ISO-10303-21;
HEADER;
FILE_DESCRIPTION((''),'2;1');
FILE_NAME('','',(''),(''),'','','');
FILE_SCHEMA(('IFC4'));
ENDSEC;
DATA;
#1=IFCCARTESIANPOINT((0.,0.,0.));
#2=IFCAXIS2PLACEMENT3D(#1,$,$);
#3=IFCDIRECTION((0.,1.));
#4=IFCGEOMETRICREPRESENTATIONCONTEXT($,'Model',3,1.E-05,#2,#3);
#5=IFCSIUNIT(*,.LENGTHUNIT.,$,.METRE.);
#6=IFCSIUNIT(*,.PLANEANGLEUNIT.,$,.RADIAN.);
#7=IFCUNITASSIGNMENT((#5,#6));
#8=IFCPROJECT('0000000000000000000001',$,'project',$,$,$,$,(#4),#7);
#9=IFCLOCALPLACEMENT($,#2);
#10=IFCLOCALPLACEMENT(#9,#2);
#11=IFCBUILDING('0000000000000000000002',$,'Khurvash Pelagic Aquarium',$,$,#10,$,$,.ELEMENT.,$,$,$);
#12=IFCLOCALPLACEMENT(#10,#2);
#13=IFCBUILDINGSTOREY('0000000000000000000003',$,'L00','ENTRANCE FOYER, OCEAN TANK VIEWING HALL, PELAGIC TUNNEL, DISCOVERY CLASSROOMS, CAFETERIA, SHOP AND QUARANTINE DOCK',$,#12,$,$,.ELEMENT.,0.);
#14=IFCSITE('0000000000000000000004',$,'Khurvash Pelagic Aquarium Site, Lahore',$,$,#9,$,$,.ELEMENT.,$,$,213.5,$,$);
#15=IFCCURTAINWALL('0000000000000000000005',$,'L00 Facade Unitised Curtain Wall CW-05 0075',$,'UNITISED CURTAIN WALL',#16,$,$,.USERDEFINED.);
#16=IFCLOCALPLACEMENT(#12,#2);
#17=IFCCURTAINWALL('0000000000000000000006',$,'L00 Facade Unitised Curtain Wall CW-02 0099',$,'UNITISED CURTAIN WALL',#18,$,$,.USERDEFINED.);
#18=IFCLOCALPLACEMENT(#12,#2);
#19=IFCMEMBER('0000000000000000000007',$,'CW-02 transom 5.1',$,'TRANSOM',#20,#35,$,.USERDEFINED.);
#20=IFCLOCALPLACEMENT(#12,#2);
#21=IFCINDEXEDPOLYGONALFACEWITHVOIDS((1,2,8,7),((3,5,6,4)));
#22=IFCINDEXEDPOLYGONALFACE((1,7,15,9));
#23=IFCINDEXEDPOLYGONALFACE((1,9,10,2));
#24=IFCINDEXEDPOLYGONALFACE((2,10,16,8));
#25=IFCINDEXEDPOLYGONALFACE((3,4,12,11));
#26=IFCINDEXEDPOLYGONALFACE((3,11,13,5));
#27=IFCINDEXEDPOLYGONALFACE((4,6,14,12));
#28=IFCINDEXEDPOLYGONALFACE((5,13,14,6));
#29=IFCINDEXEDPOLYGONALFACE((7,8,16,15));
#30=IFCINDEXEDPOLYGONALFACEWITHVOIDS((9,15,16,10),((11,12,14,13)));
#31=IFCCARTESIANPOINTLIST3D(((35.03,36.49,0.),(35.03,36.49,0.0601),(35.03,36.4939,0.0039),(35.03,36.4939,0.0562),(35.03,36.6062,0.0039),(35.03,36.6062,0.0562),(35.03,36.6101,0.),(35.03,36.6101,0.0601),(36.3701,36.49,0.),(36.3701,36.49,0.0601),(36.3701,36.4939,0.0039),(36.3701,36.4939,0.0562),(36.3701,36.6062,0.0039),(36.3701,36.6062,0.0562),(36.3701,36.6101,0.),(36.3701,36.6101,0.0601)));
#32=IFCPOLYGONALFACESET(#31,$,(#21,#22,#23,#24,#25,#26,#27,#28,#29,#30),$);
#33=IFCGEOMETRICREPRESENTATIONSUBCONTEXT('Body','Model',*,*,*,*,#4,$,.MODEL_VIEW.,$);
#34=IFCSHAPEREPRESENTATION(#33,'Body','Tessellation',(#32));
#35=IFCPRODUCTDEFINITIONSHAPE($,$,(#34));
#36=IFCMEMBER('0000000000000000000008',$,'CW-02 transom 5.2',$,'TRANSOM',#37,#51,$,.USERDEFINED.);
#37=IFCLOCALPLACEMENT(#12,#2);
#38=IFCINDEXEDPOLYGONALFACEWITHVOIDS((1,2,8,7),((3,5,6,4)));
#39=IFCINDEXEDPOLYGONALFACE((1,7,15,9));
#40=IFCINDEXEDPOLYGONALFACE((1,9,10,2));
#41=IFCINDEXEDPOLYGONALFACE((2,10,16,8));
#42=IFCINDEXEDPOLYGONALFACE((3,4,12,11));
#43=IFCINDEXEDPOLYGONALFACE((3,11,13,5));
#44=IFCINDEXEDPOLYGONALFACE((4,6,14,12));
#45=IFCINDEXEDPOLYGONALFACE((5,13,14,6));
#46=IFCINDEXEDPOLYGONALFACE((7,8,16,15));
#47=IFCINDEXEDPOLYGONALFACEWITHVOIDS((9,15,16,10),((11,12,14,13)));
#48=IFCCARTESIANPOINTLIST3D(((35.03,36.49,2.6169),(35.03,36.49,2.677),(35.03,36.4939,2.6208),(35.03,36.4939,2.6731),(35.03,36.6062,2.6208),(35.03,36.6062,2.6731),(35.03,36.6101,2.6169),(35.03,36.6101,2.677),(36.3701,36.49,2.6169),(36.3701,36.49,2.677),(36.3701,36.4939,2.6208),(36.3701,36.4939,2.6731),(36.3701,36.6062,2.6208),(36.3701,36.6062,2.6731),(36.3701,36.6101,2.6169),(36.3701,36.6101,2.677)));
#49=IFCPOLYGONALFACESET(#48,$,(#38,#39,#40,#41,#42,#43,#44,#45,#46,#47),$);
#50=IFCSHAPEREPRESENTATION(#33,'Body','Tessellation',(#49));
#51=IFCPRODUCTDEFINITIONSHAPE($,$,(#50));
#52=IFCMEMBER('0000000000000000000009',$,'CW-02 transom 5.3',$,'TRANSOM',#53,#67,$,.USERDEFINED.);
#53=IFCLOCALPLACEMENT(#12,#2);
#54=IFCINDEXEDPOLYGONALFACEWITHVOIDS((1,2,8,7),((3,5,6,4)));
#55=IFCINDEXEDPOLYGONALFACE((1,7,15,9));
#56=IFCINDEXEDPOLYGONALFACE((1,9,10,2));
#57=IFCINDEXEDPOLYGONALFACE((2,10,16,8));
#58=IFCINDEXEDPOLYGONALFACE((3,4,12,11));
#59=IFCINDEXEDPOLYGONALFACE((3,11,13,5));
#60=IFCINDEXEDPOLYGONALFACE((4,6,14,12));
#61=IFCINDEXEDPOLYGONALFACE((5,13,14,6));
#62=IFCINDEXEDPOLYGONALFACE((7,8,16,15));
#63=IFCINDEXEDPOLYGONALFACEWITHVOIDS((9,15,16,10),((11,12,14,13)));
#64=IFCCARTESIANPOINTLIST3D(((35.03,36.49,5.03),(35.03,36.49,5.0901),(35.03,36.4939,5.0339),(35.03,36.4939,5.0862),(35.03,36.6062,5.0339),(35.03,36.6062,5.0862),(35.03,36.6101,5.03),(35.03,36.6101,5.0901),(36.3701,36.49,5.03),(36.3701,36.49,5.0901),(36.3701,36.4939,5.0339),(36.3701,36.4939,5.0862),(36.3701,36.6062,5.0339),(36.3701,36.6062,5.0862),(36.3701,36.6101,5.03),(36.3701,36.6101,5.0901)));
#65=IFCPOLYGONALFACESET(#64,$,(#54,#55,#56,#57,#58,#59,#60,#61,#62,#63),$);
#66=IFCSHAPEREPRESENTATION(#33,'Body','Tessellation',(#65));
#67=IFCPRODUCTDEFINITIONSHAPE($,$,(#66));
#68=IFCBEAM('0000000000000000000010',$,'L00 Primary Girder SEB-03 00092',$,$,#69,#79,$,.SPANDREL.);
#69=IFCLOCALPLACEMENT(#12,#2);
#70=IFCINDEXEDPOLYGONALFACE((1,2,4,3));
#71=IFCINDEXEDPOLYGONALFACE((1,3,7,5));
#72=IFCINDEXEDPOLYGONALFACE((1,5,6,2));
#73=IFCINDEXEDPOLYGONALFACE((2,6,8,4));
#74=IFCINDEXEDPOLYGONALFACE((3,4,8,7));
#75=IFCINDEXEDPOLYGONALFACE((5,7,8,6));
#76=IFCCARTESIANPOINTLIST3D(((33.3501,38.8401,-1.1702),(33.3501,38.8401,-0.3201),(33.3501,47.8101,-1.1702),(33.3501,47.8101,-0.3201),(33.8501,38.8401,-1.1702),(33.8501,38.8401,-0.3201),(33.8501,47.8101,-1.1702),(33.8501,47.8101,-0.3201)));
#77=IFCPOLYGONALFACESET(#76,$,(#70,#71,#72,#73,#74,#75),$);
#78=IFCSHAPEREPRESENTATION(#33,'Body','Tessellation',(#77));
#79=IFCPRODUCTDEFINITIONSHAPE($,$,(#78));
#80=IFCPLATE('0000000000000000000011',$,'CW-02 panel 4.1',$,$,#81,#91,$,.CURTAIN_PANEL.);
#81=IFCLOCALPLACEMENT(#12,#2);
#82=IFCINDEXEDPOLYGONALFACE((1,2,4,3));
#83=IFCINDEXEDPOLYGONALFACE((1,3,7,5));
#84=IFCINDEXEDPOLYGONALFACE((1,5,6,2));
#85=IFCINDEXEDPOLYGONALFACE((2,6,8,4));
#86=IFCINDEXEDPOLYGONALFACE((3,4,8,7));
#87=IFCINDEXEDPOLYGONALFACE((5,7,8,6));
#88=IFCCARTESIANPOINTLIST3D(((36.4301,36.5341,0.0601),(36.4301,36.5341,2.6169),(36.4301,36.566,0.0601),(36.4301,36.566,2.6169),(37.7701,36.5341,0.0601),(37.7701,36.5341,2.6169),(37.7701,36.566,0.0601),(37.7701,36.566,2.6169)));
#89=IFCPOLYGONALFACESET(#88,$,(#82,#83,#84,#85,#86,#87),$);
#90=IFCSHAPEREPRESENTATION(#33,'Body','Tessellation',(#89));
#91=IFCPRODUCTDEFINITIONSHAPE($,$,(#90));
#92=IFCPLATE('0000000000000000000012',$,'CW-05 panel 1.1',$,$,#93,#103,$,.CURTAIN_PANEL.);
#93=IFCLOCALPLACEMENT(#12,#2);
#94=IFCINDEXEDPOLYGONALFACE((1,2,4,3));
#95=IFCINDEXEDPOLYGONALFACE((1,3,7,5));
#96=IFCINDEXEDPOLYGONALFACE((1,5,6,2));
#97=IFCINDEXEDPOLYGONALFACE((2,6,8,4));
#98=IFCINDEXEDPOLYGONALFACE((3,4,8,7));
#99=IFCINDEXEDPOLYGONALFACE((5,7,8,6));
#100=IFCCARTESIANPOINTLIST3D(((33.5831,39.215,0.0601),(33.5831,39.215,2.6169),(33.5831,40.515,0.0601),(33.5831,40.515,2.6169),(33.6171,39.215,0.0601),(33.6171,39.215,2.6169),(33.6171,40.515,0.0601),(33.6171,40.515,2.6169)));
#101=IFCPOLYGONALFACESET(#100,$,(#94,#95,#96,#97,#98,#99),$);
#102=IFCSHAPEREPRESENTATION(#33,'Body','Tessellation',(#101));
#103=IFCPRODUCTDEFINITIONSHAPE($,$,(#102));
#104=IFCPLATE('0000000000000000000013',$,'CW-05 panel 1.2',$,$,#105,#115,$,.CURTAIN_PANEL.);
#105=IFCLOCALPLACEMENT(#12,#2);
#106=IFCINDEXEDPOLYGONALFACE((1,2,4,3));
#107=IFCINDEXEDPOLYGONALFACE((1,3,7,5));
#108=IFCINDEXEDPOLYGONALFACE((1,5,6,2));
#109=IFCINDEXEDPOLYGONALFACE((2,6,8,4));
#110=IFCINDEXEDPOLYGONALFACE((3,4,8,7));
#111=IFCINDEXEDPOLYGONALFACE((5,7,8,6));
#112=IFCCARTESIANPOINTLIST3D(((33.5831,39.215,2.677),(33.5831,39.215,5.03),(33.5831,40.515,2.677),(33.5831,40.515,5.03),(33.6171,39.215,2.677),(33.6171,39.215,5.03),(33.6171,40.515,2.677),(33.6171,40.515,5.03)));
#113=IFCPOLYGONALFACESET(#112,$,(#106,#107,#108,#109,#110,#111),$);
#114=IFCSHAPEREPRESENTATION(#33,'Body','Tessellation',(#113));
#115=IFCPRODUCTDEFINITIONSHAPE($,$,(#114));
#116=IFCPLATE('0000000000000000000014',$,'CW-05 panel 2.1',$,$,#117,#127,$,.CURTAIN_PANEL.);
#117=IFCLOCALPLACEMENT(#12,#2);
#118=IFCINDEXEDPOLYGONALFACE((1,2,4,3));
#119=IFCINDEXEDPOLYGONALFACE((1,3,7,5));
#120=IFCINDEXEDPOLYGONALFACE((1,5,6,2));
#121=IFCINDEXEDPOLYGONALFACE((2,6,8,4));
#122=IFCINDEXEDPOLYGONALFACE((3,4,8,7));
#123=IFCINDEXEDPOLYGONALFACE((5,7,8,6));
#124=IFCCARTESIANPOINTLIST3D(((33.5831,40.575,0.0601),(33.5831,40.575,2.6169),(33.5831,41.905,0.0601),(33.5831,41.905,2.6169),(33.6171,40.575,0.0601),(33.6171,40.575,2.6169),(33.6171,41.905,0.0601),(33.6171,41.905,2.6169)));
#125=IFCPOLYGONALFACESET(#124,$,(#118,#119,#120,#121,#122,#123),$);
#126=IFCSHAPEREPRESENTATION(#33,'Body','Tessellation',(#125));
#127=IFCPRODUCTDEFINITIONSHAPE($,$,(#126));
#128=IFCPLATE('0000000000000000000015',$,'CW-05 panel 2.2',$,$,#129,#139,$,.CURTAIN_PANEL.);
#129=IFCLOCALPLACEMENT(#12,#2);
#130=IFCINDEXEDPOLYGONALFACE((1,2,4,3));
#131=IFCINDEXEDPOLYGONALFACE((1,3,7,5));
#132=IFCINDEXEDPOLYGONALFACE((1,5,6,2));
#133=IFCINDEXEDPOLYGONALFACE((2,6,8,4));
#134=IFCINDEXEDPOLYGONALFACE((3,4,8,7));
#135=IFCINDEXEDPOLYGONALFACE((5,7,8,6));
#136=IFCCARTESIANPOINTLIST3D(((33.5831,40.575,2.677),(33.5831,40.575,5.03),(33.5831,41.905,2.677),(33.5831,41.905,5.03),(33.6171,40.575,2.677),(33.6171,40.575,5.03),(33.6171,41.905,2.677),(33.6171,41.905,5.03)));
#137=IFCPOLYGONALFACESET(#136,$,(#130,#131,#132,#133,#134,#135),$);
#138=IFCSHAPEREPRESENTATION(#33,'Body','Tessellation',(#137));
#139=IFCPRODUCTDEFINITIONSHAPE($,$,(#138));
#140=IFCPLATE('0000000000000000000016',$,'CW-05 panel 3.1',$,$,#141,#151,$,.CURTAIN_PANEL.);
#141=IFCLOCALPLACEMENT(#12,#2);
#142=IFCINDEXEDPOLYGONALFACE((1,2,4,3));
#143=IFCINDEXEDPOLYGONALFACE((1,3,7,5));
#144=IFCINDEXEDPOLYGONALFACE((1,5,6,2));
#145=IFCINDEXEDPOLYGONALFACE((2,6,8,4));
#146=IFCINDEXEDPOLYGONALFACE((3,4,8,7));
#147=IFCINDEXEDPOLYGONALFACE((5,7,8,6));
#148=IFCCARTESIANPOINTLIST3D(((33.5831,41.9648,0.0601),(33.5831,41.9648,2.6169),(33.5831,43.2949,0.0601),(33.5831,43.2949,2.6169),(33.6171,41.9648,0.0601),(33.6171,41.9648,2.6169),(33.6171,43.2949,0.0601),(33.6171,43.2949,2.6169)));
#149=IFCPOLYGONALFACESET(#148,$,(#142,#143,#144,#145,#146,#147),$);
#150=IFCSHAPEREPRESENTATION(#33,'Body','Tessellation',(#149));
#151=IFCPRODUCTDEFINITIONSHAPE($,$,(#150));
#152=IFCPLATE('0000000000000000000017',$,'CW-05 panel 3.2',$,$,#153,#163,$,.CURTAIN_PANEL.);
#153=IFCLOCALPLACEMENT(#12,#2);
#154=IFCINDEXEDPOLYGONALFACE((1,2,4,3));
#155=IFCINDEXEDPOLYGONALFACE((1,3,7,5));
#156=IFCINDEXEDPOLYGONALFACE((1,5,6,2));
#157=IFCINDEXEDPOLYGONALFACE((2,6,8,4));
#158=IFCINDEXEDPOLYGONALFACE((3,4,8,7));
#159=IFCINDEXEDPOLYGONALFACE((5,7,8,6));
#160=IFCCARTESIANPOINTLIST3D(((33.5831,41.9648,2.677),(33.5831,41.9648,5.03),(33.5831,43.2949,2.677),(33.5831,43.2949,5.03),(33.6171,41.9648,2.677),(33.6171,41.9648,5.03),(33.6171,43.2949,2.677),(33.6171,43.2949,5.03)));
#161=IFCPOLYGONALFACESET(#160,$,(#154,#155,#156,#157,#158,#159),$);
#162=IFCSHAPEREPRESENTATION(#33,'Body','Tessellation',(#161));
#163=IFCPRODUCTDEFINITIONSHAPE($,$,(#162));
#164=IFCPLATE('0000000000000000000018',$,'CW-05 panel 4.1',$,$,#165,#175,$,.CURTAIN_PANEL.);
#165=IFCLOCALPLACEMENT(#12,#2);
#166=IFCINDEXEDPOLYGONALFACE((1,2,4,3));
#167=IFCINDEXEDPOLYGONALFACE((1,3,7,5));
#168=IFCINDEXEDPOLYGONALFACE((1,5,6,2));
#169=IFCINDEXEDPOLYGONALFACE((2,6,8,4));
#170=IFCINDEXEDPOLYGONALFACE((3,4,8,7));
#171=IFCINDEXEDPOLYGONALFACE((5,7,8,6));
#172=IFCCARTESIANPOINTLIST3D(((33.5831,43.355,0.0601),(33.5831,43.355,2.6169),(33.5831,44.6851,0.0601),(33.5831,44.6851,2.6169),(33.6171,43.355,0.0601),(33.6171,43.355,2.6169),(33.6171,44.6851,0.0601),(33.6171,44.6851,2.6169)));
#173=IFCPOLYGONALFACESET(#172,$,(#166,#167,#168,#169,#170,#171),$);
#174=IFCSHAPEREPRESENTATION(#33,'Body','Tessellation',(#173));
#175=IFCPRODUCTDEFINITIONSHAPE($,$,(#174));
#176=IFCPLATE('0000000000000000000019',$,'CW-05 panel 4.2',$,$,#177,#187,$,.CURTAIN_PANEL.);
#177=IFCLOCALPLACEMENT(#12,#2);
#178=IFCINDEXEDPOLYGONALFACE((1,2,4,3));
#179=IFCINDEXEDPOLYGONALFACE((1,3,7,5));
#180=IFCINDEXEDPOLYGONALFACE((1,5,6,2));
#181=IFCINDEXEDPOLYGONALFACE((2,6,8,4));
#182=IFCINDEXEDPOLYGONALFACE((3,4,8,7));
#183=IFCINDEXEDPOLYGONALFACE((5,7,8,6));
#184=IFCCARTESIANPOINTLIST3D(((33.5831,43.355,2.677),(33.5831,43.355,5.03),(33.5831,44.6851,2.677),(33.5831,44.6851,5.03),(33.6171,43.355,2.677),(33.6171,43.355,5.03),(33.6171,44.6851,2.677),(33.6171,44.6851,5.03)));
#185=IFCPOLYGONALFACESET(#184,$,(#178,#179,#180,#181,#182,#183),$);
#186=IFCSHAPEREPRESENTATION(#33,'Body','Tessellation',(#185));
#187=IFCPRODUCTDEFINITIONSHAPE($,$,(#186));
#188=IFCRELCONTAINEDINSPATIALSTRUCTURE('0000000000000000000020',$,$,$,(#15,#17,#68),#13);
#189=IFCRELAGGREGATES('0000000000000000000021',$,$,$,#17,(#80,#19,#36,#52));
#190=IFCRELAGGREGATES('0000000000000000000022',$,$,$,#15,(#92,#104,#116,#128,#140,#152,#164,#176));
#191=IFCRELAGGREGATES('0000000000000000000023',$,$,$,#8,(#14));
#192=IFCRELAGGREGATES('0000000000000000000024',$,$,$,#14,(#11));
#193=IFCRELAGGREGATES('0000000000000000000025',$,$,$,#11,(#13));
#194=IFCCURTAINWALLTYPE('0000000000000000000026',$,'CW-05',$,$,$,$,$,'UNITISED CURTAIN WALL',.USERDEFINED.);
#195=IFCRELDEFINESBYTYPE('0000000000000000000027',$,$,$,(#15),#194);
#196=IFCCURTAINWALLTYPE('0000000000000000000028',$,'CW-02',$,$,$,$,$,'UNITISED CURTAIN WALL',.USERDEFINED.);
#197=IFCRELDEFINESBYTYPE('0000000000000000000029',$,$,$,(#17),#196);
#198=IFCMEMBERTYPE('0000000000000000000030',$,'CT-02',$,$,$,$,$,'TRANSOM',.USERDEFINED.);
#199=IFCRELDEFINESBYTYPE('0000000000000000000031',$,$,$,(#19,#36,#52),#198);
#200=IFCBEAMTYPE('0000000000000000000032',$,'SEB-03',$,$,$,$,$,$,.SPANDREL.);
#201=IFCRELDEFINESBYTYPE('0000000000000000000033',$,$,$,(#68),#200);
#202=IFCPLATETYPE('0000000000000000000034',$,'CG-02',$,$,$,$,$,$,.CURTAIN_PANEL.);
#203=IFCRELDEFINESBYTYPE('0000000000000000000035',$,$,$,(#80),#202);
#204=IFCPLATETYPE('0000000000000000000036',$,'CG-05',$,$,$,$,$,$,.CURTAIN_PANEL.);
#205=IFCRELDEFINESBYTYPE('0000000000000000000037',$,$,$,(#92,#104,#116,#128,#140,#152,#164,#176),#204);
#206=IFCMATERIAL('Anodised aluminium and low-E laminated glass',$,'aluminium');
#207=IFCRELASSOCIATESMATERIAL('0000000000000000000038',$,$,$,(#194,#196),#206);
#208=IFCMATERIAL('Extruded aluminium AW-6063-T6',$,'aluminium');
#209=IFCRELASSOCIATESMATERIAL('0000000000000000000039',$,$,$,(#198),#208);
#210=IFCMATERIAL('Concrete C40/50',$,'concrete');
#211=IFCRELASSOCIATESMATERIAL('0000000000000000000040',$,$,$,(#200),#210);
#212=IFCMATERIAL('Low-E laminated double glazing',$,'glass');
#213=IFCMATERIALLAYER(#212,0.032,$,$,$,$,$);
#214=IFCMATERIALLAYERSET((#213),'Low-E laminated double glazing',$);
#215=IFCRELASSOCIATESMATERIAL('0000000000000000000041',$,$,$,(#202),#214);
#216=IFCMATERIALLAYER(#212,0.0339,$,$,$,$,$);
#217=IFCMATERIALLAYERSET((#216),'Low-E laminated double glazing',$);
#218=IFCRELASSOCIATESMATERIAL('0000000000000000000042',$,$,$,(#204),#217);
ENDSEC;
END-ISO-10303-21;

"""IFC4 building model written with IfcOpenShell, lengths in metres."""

from ifc_helpers import new_model, si_unit, direction, frame, origin, origin_2d, place, context, subcontext, project, spatial, rectangle, hollow_rectangle, extrude, material, layer, layer_set, material_profile, profile_set, type_object, element, aggregate, save


model = new_model("IFC4")

# Units and contexts
model_context = context("Model", 3, precision=1e-05, world=origin(), true_north=direction((0.0, 1.0)))
body_context = subcontext(model_context, "Body", "Model", "MODEL_VIEW")
ifc_project = project(units=[si_unit("LENGTHUNIT", "METRE"), si_unit("PLANEANGLEUNIT", "RADIAN")], contexts=[model_context])

# Site, building, storey
site_placement = place(None, origin())
site = spatial("IfcSite", under=ifc_project, at=site_placement, Name="Khurvash Pelagic Aquarium Site, Lahore", CompositionType="ELEMENT", RefElevation=213.5)
building_placement = place(site_placement, origin())
building = spatial("IfcBuilding", under=site, at=building_placement, Name="Khurvash Pelagic Aquarium", CompositionType="ELEMENT")
storey_placement = place(building_placement, origin())
storey = spatial("IfcBuildingStorey", under=building, at=storey_placement, Name="L00", Description="ENTRANCE FOYER, OCEAN TANK VIEWING HALL, PELAGIC TUNNEL, DISCOVERY CLASSROOMS, CAFETERIA, SHOP AND QUARANTINE DOCK", CompositionType="ELEMENT", Elevation=0.0)

# Shared definitions
ifc_material_1 = material(Name="Concrete C40/50", Category="concrete")

# Curtain wall
ifc_material_2 = material(Name="Anodised aluminium and low-E laminated glass", Category="aluminium")
curtain_wall_type_1 = type_object("IfcCurtainWallType", Name="CW-05", ElementType="UNITISED CURTAIN WALL", PredefinedType="USERDEFINED", material=ifc_material_2)
curtain_wall_1_placement = place(storey_placement, origin())
curtain_wall_1 = element("IfcCurtainWall", 1, at=curtain_wall_1_placement, inside=storey, type_object=curtain_wall_type_1, Name="L00 Facade Unitised Curtain Wall CW-05 0075", ObjectType="UNITISED CURTAIN WALL", PredefinedType="USERDEFINED")
ifc_material_3 = material(Name="Extruded aluminium AW-6063-T6", Category="aluminium")

# Curtain wall
curtain_wall_type_2 = type_object("IfcCurtainWallType", Name="CW-02", ElementType="UNITISED CURTAIN WALL", PredefinedType="USERDEFINED", material=ifc_material_2)
curtain_wall_2_placement = place(storey_placement, origin())
curtain_wall_2 = element("IfcCurtainWall", 2, at=curtain_wall_2_placement, inside=storey, type_object=curtain_wall_type_2, Name="L00 Facade Unitised Curtain Wall CW-02 0099", ObjectType="UNITISED CURTAIN WALL", PredefinedType="USERDEFINED")

# Members
ifc_material_profile_1 = material_profile(ifc_material_3, hollow_rectangle(XDim=0.1201, YDim=0.0601, WallThickness=0.0039, at=origin_2d()), Name="CWT120X60X4")
ifc_profile_set_1 = profile_set([ifc_material_profile_1], Name="Extruded aluminium AW-6063-T6")
member_type_1 = type_object("IfcMemberType", Name="CT-02", ElementType="TRANSOM", PredefinedType="USERDEFINED", material=ifc_profile_set_1)
member_1_placement = place(storey_placement, frame((36.3701, 36.55, 0.03), z_axis=(-1.0, 0.0, 0.0), x_axis=(0.0, -1.0, 0.0)))
member_1 = element("IfcMember", 3, at=member_1_placement, type_object=member_type_1, Name="CW-02 transom 5.1", ObjectType="TRANSOM", PredefinedType="USERDEFINED", context=body_context, shape_type="SweptSolid", body=[
    extrude(hollow_rectangle(XDim=0.1201, YDim=0.0601, WallThickness=0.0039, at=origin_2d()), origin(), (0.0, 0.0, 1.0), 1.3401),
])
member_2_placement = place(storey_placement, frame((36.3701, 36.55, 2.647), z_axis=(-1.0, 0.0, 0.0), x_axis=(0.0, -1.0, 0.0)))
member_2 = element("IfcMember", 4, at=member_2_placement, type_object=member_type_1, Name="CW-02 transom 5.2", ObjectType="TRANSOM", PredefinedType="USERDEFINED", context=body_context, shape_type="SweptSolid", body=[
    extrude(hollow_rectangle(XDim=0.1201, YDim=0.0601, WallThickness=0.0039, at=origin_2d()), origin(), (0.0, 0.0, 1.0), 1.3401),
])
member_3_placement = place(storey_placement, frame((36.3701, 36.55, 5.0601), z_axis=(-1.0, 0.0, 0.0), x_axis=(0.0, -1.0, 0.0)))
member_3 = element("IfcMember", 5, at=member_3_placement, type_object=member_type_1, Name="CW-02 transom 5.3", ObjectType="TRANSOM", PredefinedType="USERDEFINED", context=body_context, shape_type="SweptSolid", body=[
    extrude(hollow_rectangle(XDim=0.1201, YDim=0.0601, WallThickness=0.0039, at=origin_2d()), origin(), (0.0, 0.0, 1.0), 1.3401),
])

# Beam
ifc_material_profile_2 = material_profile(ifc_material_1, rectangle(XDim=0.5, YDim=0.8501, at=origin_2d()), Name="RC500X850")
ifc_profile_set_2 = profile_set([ifc_material_profile_2], Name="Concrete C40/50")
beam_type = type_object("IfcBeamType", Name="SEB-03", PredefinedType="SPANDREL", material=ifc_profile_set_2)
beam_placement = place(storey_placement, frame((33.6001, 38.8401, -0.7451), z_axis=(0.0, 1.0, 0.0), x_axis=(-1.0, 0.0, 0.0)))
element("IfcBeam", 6, at=beam_placement, inside=storey, type_object=beam_type, Name="L00 Primary Girder SEB-03 00092", PredefinedType="SPANDREL", context=body_context, shape_type="SweptSolid", body=[
    extrude(rectangle(XDim=0.5, YDim=0.8501, at=origin_2d()), origin(), (0.0, 0.0, 1.0), 8.97),
])

# Plates
ifc_material_4 = material(Name="Low-E laminated double glazing", Category="glass")
ifc_layer_1 = layer(ifc_material_4, 0.032)
ifc_layer_set_1 = layer_set([ifc_layer_1], Name="Low-E laminated double glazing")
plate_type_1 = type_object("IfcPlateType", Name="CG-02", PredefinedType="CURTAIN_PANEL", material=ifc_layer_set_1)
plate_1_placement = place(storey_placement, frame((37.1001, 36.55, 0.0601), z_axis=(0.0, 0.0, 1.0), x_axis=(-1.0, 0.0, 0.0)))
plate_1 = element("IfcPlate", 7, at=plate_1_placement, type_object=plate_type_1, Name="CW-02 panel 4.1", PredefinedType="CURTAIN_PANEL", context=body_context, shape_type="SweptSolid", body=[
    extrude(rectangle(XDim=1.3401, YDim=0.032, at=origin_2d()), origin(), (0.0, 0.0, 1.0), 2.5569),
])
aggregate(curtain_wall_2, [plate_1, member_1, member_2, member_3])
ifc_layer_2 = layer(ifc_material_4, 0.0339)
ifc_layer_set_2 = layer_set([ifc_layer_2], Name="Low-E laminated double glazing")
plate_type_2 = type_object("IfcPlateType", Name="CG-05", PredefinedType="CURTAIN_PANEL", material=ifc_layer_set_2)
plate_2_placement = place(storey_placement, frame((33.6001, 39.865, 0.0601), z_axis=(0.0, 0.0, 1.0), x_axis=(0.0, 1.0, 0.0)))
plate_2 = element("IfcPlate", 8, at=plate_2_placement, type_object=plate_type_2, Name="CW-05 panel 1.1", PredefinedType="CURTAIN_PANEL", context=body_context, shape_type="SweptSolid", body=[
    extrude(rectangle(XDim=1.3, YDim=0.0339, at=origin_2d()), origin(), (0.0, 0.0, 1.0), 2.5569),
])
plate_3_placement = place(storey_placement, frame((33.6001, 39.865, 2.677), z_axis=(0.0, 0.0, 1.0), x_axis=(0.0, 1.0, 0.0)))
plate_3 = element("IfcPlate", 9, at=plate_3_placement, type_object=plate_type_2, Name="CW-05 panel 1.2", PredefinedType="CURTAIN_PANEL", context=body_context, shape_type="SweptSolid", body=[
    extrude(rectangle(XDim=1.3, YDim=0.0339, at=origin_2d()), origin(), (0.0, 0.0, 1.0), 2.353),
])
plate_4_placement = place(storey_placement, frame((33.6001, 41.24, 0.0601), z_axis=(0.0, 0.0, 1.0), x_axis=(0.0, 1.0, 0.0)))
plate_4 = element("IfcPlate", 10, at=plate_4_placement, type_object=plate_type_2, Name="CW-05 panel 2.1", PredefinedType="CURTAIN_PANEL", context=body_context, shape_type="SweptSolid", body=[
    extrude(rectangle(XDim=1.3301, YDim=0.0339, at=origin_2d()), origin(), (0.0, 0.0, 1.0), 2.5569),
])
plate_5_placement = place(storey_placement, frame((33.6001, 41.24, 2.677), z_axis=(0.0, 0.0, 1.0), x_axis=(0.0, 1.0, 0.0)))
plate_5 = element("IfcPlate", 11, at=plate_5_placement, type_object=plate_type_2, Name="CW-05 panel 2.2", PredefinedType="CURTAIN_PANEL", context=body_context, shape_type="SweptSolid", body=[
    extrude(rectangle(XDim=1.3301, YDim=0.0339, at=origin_2d()), origin(), (0.0, 0.0, 1.0), 2.353),
])
plate_6_placement = place(storey_placement, frame((33.6001, 42.6299, 0.0601), z_axis=(0.0, 0.0, 1.0), x_axis=(0.0, 1.0, 0.0)))
plate_6 = element("IfcPlate", 12, at=plate_6_placement, type_object=plate_type_2, Name="CW-05 panel 3.1", PredefinedType="CURTAIN_PANEL", context=body_context, shape_type="SweptSolid", body=[
    extrude(rectangle(XDim=1.3301, YDim=0.0339, at=origin_2d()), origin(), (0.0, 0.0, 1.0), 2.5569),
])
plate_7_placement = place(storey_placement, frame((33.6001, 42.6299, 2.677), z_axis=(0.0, 0.0, 1.0), x_axis=(0.0, 1.0, 0.0)))
plate_7 = element("IfcPlate", 13, at=plate_7_placement, type_object=plate_type_2, Name="CW-05 panel 3.2", PredefinedType="CURTAIN_PANEL", context=body_context, shape_type="SweptSolid", body=[
    extrude(rectangle(XDim=1.3301, YDim=0.0339, at=origin_2d()), origin(), (0.0, 0.0, 1.0), 2.353),
])
plate_8_placement = place(storey_placement, frame((33.6001, 44.02, 0.0601), z_axis=(0.0, 0.0, 1.0), x_axis=(0.0, 1.0, 0.0)))
plate_8 = element("IfcPlate", 14, at=plate_8_placement, type_object=plate_type_2, Name="CW-05 panel 4.1", PredefinedType="CURTAIN_PANEL", context=body_context, shape_type="SweptSolid", body=[
    extrude(rectangle(XDim=1.3301, YDim=0.0339, at=origin_2d()), origin(), (0.0, 0.0, 1.0), 2.5569),
])
plate_9_placement = place(storey_placement, frame((33.6001, 44.02, 2.677), z_axis=(0.0, 0.0, 1.0), x_axis=(0.0, 1.0, 0.0)))
plate_9 = element("IfcPlate", 15, at=plate_9_placement, type_object=plate_type_2, Name="CW-05 panel 4.2", PredefinedType="CURTAIN_PANEL", context=body_context, shape_type="SweptSolid", body=[
    extrude(rectangle(XDim=1.3301, YDim=0.0339, at=origin_2d()), origin(), (0.0, 0.0, 1.0), 2.353),
])
aggregate(curtain_wall_1, [plate_2, plate_3, plate_4, plate_5, plate_6, plate_7, plate_8, plate_9])

save(model, "model.ifc")
